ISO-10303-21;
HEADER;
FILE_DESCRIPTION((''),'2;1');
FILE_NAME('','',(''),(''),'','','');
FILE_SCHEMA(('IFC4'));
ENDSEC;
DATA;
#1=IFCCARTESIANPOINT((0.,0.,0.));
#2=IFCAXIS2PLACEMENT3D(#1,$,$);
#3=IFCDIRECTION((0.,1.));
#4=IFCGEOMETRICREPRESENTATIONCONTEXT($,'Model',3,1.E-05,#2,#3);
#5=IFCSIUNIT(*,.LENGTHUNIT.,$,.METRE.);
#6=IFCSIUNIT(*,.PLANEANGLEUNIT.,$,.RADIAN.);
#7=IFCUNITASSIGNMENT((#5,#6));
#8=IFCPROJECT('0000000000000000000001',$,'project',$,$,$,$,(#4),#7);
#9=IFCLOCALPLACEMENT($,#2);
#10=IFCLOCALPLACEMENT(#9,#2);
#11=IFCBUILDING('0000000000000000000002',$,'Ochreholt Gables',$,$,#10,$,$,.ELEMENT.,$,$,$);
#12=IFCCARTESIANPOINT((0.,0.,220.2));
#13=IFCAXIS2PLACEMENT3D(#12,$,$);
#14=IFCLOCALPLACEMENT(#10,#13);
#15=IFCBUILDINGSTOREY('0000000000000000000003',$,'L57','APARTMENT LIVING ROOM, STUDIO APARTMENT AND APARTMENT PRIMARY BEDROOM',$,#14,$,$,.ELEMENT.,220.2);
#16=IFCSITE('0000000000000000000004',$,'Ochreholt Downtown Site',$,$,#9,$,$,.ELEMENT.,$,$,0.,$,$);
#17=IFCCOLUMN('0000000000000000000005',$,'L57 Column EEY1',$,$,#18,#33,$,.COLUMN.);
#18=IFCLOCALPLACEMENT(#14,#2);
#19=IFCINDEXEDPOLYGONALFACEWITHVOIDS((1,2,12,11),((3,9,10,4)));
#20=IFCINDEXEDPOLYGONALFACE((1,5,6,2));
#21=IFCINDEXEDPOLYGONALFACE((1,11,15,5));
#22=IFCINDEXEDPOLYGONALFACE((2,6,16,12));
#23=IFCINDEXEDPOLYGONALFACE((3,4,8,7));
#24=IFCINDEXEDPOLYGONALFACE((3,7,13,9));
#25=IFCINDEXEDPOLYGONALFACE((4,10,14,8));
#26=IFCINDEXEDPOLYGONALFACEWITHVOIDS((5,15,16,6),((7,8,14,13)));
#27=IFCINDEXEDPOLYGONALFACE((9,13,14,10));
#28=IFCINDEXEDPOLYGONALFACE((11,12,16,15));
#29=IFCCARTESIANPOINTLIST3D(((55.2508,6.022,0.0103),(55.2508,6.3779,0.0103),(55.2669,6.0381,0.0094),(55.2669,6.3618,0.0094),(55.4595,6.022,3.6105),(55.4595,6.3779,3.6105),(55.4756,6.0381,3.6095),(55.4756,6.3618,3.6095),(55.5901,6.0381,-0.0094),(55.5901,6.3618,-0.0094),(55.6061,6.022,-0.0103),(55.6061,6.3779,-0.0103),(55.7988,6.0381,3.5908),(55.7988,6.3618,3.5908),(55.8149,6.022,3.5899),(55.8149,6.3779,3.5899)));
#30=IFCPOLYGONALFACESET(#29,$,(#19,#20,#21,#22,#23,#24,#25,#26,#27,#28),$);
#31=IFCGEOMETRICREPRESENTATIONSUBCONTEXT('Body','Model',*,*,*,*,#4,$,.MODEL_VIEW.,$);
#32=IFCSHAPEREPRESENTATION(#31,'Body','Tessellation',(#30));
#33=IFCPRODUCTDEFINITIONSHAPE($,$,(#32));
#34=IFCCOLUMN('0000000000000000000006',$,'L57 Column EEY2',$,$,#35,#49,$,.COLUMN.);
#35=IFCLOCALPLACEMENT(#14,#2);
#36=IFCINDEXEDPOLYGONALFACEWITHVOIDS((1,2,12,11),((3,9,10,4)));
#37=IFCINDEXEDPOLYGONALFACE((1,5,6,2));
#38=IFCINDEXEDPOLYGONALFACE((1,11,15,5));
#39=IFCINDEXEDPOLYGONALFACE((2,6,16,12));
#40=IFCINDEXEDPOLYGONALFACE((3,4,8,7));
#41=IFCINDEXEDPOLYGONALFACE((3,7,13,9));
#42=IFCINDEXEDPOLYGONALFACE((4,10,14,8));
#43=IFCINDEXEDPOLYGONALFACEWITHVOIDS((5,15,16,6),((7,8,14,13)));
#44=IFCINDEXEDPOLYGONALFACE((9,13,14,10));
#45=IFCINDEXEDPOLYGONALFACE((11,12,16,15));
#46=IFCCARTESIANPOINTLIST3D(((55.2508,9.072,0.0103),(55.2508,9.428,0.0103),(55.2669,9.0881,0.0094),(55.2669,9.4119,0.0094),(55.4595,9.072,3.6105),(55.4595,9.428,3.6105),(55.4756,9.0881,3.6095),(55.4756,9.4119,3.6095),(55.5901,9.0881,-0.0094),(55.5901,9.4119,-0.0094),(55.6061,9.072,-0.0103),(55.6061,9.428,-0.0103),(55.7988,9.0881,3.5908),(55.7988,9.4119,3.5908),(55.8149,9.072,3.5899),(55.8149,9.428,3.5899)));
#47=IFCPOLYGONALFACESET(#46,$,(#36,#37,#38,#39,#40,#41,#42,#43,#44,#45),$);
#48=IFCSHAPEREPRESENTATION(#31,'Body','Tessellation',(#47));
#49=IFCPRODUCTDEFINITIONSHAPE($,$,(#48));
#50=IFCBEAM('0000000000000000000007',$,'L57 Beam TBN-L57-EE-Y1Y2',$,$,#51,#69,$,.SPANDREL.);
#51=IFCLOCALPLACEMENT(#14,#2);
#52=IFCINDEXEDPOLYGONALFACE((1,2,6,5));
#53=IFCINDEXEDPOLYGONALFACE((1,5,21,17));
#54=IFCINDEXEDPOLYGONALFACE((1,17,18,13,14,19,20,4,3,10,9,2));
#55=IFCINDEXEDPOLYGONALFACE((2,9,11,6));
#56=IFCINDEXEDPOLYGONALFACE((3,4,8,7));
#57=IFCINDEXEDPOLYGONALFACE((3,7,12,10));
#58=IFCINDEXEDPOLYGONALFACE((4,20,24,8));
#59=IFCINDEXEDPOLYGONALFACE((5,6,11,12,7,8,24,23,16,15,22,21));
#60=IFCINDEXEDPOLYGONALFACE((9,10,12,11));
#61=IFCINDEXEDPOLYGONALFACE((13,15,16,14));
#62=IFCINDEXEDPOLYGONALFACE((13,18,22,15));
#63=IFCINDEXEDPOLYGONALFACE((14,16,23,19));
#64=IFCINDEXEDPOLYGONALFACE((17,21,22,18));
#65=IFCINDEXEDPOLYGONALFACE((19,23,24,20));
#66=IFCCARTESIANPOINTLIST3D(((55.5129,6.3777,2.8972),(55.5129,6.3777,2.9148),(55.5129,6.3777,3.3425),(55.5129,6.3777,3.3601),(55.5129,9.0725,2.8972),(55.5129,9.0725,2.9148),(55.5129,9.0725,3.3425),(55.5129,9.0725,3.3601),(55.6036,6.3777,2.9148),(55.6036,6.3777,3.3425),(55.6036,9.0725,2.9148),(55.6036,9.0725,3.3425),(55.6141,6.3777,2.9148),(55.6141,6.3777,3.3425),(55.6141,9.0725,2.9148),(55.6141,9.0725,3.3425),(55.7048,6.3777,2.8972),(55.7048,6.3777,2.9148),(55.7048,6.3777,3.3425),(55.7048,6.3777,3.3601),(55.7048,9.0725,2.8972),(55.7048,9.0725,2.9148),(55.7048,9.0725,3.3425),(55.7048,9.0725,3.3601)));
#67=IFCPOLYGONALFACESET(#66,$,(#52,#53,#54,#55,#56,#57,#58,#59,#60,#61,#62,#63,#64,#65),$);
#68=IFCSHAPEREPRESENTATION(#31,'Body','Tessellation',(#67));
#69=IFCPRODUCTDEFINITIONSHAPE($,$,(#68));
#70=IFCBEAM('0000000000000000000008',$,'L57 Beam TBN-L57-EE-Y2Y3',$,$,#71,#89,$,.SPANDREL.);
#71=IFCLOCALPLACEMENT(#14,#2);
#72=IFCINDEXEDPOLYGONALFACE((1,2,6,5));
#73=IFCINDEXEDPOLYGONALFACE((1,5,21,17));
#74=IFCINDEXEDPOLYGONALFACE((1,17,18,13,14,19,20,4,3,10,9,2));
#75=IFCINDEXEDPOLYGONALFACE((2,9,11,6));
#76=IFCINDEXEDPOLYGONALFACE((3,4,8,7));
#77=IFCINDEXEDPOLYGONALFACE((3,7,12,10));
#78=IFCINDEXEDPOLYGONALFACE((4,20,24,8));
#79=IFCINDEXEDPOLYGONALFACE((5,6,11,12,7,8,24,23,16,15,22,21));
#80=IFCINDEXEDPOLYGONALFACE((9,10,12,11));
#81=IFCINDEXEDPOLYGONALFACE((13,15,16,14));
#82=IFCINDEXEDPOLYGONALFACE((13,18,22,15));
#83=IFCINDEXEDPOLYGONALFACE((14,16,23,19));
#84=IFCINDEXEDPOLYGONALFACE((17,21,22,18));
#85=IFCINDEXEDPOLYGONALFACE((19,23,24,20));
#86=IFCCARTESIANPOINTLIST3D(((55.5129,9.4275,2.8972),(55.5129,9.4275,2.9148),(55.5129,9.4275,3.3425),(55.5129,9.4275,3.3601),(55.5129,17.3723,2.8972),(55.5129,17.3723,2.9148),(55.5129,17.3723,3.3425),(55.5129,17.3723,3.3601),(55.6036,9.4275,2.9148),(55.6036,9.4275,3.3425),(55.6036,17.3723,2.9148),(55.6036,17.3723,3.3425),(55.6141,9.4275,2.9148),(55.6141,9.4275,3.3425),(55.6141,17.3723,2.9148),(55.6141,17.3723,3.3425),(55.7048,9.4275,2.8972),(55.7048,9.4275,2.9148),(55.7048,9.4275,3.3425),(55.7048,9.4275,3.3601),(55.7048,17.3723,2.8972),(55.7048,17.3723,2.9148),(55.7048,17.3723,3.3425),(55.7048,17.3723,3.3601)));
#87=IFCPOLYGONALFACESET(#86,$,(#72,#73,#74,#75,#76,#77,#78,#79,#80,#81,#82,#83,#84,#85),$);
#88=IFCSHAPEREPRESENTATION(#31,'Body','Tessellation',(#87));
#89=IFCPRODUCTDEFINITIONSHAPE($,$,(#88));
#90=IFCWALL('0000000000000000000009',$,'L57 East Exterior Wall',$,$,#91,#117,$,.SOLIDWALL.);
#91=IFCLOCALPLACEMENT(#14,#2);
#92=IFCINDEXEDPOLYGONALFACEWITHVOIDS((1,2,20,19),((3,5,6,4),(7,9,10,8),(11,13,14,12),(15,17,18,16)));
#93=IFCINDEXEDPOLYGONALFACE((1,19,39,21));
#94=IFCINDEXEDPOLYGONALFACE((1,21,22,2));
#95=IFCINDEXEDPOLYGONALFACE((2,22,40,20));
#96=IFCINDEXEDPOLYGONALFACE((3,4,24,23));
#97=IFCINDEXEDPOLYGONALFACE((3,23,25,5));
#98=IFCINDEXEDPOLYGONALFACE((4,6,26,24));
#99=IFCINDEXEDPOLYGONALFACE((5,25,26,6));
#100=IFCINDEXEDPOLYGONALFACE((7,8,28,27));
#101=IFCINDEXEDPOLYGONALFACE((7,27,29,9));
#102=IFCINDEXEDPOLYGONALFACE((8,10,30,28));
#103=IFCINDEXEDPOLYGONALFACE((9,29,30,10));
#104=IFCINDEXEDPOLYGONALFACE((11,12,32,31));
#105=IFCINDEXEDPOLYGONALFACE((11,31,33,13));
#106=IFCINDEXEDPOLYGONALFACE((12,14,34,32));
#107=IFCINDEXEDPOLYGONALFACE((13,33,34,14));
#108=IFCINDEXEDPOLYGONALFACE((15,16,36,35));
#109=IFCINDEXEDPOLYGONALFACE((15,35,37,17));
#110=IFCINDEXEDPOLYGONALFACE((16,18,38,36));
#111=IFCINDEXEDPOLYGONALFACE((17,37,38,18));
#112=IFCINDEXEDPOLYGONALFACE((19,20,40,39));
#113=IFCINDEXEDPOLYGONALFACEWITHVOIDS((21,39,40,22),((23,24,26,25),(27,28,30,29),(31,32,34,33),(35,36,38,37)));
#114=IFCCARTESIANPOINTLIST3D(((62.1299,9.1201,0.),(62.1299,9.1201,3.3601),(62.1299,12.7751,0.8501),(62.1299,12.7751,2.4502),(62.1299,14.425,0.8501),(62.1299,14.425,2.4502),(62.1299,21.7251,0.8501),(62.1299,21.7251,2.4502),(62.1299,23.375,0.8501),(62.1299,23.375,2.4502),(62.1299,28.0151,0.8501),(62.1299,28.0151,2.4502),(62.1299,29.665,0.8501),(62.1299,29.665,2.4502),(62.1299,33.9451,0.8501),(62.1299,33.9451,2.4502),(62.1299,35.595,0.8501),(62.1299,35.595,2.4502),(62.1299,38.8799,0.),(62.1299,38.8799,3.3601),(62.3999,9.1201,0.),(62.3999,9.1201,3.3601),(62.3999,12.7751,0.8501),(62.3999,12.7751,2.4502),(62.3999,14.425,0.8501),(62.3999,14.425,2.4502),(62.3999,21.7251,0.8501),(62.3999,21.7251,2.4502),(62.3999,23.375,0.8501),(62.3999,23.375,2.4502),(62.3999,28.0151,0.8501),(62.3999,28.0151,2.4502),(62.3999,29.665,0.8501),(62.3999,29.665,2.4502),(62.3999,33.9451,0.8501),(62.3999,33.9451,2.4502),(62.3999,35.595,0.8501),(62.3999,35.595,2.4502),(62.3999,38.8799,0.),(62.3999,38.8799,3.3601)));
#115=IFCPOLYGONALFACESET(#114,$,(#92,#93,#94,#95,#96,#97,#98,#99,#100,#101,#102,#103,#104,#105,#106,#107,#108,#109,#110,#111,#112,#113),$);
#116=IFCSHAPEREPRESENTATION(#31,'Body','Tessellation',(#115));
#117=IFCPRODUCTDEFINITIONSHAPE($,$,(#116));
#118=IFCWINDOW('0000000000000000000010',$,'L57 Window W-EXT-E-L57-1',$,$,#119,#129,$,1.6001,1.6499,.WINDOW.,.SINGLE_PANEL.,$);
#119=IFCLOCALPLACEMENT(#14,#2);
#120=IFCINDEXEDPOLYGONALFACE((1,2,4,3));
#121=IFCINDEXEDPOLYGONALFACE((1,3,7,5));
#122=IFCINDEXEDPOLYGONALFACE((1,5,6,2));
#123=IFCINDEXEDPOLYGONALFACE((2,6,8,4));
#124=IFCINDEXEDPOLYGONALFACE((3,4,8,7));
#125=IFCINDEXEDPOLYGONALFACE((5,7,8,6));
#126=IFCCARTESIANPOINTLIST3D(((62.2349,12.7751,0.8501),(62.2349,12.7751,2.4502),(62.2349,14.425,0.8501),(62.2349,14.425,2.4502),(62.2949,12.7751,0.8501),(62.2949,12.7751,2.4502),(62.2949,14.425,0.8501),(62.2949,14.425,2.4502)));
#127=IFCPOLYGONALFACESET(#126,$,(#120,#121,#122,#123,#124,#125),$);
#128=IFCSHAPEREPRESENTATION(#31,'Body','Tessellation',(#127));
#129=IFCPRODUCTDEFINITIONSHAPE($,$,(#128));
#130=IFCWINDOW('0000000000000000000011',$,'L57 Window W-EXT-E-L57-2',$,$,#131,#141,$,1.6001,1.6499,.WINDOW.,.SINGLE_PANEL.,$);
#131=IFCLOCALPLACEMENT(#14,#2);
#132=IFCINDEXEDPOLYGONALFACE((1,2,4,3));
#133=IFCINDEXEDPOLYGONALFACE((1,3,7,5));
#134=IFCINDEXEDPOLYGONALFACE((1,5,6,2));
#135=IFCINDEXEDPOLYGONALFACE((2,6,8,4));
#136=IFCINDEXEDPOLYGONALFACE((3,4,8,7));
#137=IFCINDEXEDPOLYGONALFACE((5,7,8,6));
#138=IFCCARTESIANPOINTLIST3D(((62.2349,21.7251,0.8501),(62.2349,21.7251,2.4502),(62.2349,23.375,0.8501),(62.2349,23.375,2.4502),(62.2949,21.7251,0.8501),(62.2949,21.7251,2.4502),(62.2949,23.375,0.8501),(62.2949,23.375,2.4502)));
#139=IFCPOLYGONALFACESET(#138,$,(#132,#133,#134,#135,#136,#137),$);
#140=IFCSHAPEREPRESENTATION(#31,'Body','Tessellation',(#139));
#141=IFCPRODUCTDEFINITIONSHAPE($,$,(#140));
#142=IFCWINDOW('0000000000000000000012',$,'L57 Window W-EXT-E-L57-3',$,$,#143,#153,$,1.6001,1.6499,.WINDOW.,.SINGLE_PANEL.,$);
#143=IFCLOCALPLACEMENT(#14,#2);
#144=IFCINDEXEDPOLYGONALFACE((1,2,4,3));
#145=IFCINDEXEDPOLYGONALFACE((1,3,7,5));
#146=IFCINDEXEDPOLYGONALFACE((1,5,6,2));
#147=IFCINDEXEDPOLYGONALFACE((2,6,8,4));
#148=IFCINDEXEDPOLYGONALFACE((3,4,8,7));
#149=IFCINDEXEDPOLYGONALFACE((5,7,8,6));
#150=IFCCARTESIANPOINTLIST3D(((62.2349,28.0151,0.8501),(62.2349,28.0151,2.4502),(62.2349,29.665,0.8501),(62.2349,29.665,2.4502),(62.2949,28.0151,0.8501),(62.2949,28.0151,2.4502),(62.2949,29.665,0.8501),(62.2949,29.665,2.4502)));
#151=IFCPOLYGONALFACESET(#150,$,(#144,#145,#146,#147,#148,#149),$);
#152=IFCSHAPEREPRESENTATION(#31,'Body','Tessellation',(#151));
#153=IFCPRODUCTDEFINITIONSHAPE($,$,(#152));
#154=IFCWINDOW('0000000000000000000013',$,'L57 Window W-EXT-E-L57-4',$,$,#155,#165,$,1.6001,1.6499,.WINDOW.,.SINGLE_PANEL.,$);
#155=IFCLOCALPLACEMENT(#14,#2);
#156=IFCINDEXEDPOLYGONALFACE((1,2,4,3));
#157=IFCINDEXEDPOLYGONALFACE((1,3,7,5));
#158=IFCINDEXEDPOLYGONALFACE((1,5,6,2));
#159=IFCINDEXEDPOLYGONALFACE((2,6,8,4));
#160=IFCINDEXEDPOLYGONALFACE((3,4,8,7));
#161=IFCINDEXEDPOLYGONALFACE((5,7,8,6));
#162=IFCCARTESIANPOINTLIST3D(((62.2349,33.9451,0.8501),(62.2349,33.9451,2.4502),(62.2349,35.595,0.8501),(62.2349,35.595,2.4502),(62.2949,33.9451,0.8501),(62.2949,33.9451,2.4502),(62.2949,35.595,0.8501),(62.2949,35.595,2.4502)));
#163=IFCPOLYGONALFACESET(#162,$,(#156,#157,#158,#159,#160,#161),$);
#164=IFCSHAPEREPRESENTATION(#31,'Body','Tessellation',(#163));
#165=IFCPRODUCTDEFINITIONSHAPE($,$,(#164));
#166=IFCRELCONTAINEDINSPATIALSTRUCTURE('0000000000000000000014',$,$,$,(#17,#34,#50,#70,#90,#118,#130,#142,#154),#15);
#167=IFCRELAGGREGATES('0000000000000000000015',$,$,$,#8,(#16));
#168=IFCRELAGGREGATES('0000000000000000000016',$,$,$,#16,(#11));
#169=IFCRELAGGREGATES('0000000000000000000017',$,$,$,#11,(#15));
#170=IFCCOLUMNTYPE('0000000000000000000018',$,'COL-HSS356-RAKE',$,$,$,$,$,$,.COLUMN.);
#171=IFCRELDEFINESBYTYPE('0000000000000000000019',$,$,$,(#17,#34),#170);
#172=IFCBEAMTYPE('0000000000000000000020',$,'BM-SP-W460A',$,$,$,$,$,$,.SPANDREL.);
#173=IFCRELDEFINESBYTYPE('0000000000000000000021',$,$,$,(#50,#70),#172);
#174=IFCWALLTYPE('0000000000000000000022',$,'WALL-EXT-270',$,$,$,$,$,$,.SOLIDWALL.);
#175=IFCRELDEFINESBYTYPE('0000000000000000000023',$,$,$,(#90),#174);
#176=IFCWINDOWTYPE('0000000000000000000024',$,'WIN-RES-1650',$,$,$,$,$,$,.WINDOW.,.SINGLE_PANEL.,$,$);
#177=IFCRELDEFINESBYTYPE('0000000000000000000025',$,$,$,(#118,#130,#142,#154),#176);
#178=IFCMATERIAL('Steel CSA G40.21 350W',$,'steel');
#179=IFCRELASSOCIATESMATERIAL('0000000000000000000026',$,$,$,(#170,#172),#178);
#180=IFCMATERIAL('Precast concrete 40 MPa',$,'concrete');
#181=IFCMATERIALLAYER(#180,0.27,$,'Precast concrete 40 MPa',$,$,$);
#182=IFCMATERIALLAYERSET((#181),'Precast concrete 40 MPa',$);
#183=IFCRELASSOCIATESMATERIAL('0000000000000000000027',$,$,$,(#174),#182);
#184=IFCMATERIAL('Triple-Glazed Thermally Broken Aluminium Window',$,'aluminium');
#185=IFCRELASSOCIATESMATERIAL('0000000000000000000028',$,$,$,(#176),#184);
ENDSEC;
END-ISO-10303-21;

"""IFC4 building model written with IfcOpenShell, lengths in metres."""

from ifc_helpers import new_model, si_unit, direction, frame, frame_2d, origin, origin_2d, place, context, subcontext, project, spatial, rectangle, hollow_rectangle, i_section, extrude, material, layer, layer_set, material_profile, profile_set, type_object, element, fill, save


model = new_model("IFC4")

# Units and contexts
model_context = context("Model", 3, precision=1e-05, world=origin(), true_north=direction((0.0, 1.0)))
body_context = subcontext(model_context, "Body", "Model", "MODEL_VIEW")
ifc_project = project(units=[si_unit("LENGTHUNIT", "METRE"), si_unit("PLANEANGLEUNIT", "RADIAN")], contexts=[model_context])

# Site, building, storey
site_placement = place(None, origin())
site = spatial("IfcSite", under=ifc_project, at=site_placement, Name="Ochreholt Downtown Site", CompositionType="ELEMENT", RefElevation=0.0)
building_placement = place(site_placement, origin())
building = spatial("IfcBuilding", under=site, at=building_placement, Name="Ochreholt Gables", CompositionType="ELEMENT")
storey_placement = place(building_placement, frame((0.0, 0.0, 220.2)))
storey = spatial("IfcBuildingStorey", under=building, at=storey_placement, Name="L57", Description="APARTMENT LIVING ROOM, STUDIO APARTMENT AND APARTMENT PRIMARY BEDROOM", CompositionType="ELEMENT", Elevation=220.2)

# Columns
ifc_material_1 = material(Name="Steel CSA G40.21 350W", Category="steel")
ifc_material_profile_1 = material_profile(ifc_material_1, hollow_rectangle(XDim=0.356, YDim=0.356, WallThickness=0.0161, at=origin_2d()), Name="HSS356X356X16")
ifc_profile_set_1 = profile_set([ifc_material_profile_1], Name="Steel CSA G40.21 350W")
column_type = type_object("IfcColumnType", Name="COL-HSS356-RAKE", PredefinedType="COLUMN", material=ifc_profile_set_1)
for number, where, z_axis, x_axis, name in (
    (1, (55.4285, 6.2, 0.0), (0.057885, 0.0, 0.998323), (0.0, 1.0, 0.0), "L57 Column EEY1"),
    (2, (55.4285, 9.25, 0.0), (0.057885, 0.0, 0.998323), (0.0, 1.0, 0.0), "L57 Column EEY2"),
):
    element("IfcColumn", number, at=place(storey_placement, frame(where, z_axis=z_axis, x_axis=x_axis)), inside=storey, type_object=column_type, Name=name, PredefinedType="COLUMN", context=body_context, shape_type="SweptSolid", body=[
        extrude(hollow_rectangle(XDim=0.356, YDim=0.356, WallThickness=0.0161, at=origin_2d()), origin(), (0.0, 0.0, 1.0), 3.6062),
    ])

# Beams
ifc_material_profile_2 = material_profile(ifc_material_1, i_section(OverallWidth=0.1919, OverallDepth=0.4629, WebThickness=0.0105, FlangeThickness=0.0176, at=origin_2d()), Name="W460X89")
ifc_profile_set_2 = profile_set([ifc_material_profile_2], Name="Steel CSA G40.21 350W")
beam_type = type_object("IfcBeamType", Name="BM-SP-W460A", PredefinedType="SPANDREL", material=ifc_profile_set_2)
beam_1_placement = place(storey_placement, frame((55.6089, 6.3777, 3.1287), z_axis=(0.0, 1.0, 0.0), x_axis=(-1.0, 0.0, 0.0)))
element("IfcBeam", 3, at=beam_1_placement, inside=storey, type_object=beam_type, Name="L57 Beam TBN-L57-EE-Y1Y2", PredefinedType="SPANDREL", context=body_context, shape_type="SweptSolid", body=[
    extrude(i_section(OverallWidth=0.1919, OverallDepth=0.4629, WebThickness=0.0105, FlangeThickness=0.0176, at=origin_2d()), origin(), (0.0, 0.0, 1.0), 2.6948),
])
beam_2_placement = place(storey_placement, frame((55.6089, 9.4275, 3.1287), z_axis=(0.0, 1.0, 0.0), x_axis=(-1.0, 0.0, 0.0)))
element("IfcBeam", 4, at=beam_2_placement, inside=storey, type_object=beam_type, Name="L57 Beam TBN-L57-EE-Y2Y3", PredefinedType="SPANDREL", context=body_context, shape_type="SweptSolid", body=[
    extrude(i_section(OverallWidth=0.1919, OverallDepth=0.4629, WebThickness=0.0105, FlangeThickness=0.0176, at=origin_2d()), origin(), (0.0, 0.0, 1.0), 7.9448),
])

# Wall, openings, windows
ifc_material_2 = material(Name="Precast concrete 40 MPa", Category="concrete")
ifc_layer_1 = layer(ifc_material_2, 0.27, Name="Precast concrete 40 MPa")
ifc_layer_set_1 = layer_set([ifc_layer_1], Name="Precast concrete 40 MPa")
wall_type_1 = type_object("IfcWallType", Name="WALL-EXT-270", PredefinedType="SOLIDWALL", material=ifc_layer_set_1)
wall_1_placement = place(storey_placement, frame((62.2649, 9.1201, 0.0), z_axis=(0.0, 0.0, 1.0), x_axis=(0.0, 1.0, 0.0)))
wall_1 = element("IfcWall", 5, at=wall_1_placement, inside=storey, type_object=wall_type_1, Name="L57 East Exterior Wall", PredefinedType="SOLIDWALL", context=body_context, shape_type="SweptSolid", body=[
    extrude(rectangle(XDim=29.7598, YDim=0.27, at=frame_2d((14.8799, 0.0))), origin(), (0.0, 0.0, 1.0), 3.3601),
])
opening_1_placement = place(wall_1_placement, frame((3.655, 0.0, 0.8501)))
opening_1 = element("IfcOpeningElement", 6, at=opening_1_placement, cuts=wall_1, PredefinedType="OPENING", context=body_context, shape_type="SweptSolid", body=[
    extrude(rectangle(XDim=1.6499, YDim=1.6001, at=frame_2d((0.825, 0.8))), frame((0.0, 0.145, 0.0), z_axis=(0.0, -1.0, 0.0), x_axis=(1.0, 0.0, 0.0)), (0.0, 0.0, 1.0), 0.29),
])
opening_2_placement = place(wall_1_placement, frame((12.605, 0.0, 0.8501)))
opening_2 = element("IfcOpeningElement", 7, at=opening_2_placement, cuts=wall_1, PredefinedType="OPENING", context=body_context, shape_type="SweptSolid", body=[
    extrude(rectangle(XDim=1.6499, YDim=1.6001, at=frame_2d((0.825, 0.8))), frame((0.0, 0.145, 0.0), z_axis=(0.0, -1.0, 0.0), x_axis=(1.0, 0.0, 0.0)), (0.0, 0.0, 1.0), 0.29),
])
opening_3_placement = place(wall_1_placement, frame((18.895, 0.0, 0.8501)))
opening_3 = element("IfcOpeningElement", 8, at=opening_3_placement, cuts=wall_1, PredefinedType="OPENING", context=body_context, shape_type="SweptSolid", body=[
    extrude(rectangle(XDim=1.6499, YDim=1.6001, at=frame_2d((0.825, 0.8))), frame((0.0, 0.145, 0.0), z_axis=(0.0, -1.0, 0.0), x_axis=(1.0, 0.0, 0.0)), (0.0, 0.0, 1.0), 0.29),
])
opening_4_placement = place(wall_1_placement, frame((24.825, 0.0, 0.8501)))
opening_4 = element("IfcOpeningElement", 9, at=opening_4_placement, cuts=wall_1, PredefinedType="OPENING", context=body_context, shape_type="SweptSolid", body=[
    extrude(rectangle(XDim=1.6499, YDim=1.6001, at=frame_2d((0.825, 0.8))), frame((0.0, 0.145, 0.0), z_axis=(0.0, -1.0, 0.0), x_axis=(1.0, 0.0, 0.0)), (0.0, 0.0, 1.0), 0.29),
])
ifc_material_3 = material(Name="Triple-Glazed Thermally Broken Aluminium Window", Category="aluminium")
window_type = type_object("IfcWindowType", Name="WIN-RES-1650", PartitioningType="SINGLE_PANEL", PredefinedType="WINDOW", material=ifc_material_3)
window_1_placement = place(opening_1_placement, origin())
window_1 = element("IfcWindow", 10, at=window_1_placement, inside=storey, type_object=window_type, Name="L57 Window W-EXT-E-L57-1", OverallHeight=1.6001, OverallWidth=1.6499, PartitioningType="SINGLE_PANEL", PredefinedType="WINDOW", context=body_context, shape_type="SweptSolid", body=[
    extrude(rectangle(XDim=1.6499, YDim=1.6001, at=frame_2d((0.825, 0.8))), frame((0.0, 0.03, 0.0), z_axis=(0.0, -1.0, 0.0), x_axis=(1.0, 0.0, 0.0)), (0.0, 0.0, 1.0), 0.0601),
])
fill(opening_1, window_1)
window_2_placement = place(opening_2_placement, origin())
window_2 = element("IfcWindow", 11, at=window_2_placement, inside=storey, type_object=window_type, Name="L57 Window W-EXT-E-L57-2", OverallHeight=1.6001, OverallWidth=1.6499, PartitioningType="SINGLE_PANEL", PredefinedType="WINDOW", context=body_context, shape_type="SweptSolid", body=[
    extrude(rectangle(XDim=1.6499, YDim=1.6001, at=frame_2d((0.825, 0.8))), frame((0.0, 0.03, 0.0), z_axis=(0.0, -1.0, 0.0), x_axis=(1.0, 0.0, 0.0)), (0.0, 0.0, 1.0), 0.0601),
])
fill(opening_2, window_2)
window_3_placement = place(opening_3_placement, origin())
window_3 = element("IfcWindow", 12, at=window_3_placement, inside=storey, type_object=window_type, Name="L57 Window W-EXT-E-L57-3", OverallHeight=1.6001, OverallWidth=1.6499, PartitioningType="SINGLE_PANEL", PredefinedType="WINDOW", context=body_context, shape_type="SweptSolid", body=[
    extrude(rectangle(XDim=1.6499, YDim=1.6001, at=frame_2d((0.825, 0.8))), frame((0.0, 0.03, 0.0), z_axis=(0.0, -1.0, 0.0), x_axis=(1.0, 0.0, 0.0)), (0.0, 0.0, 1.0), 0.0601),
])
fill(opening_3, window_3)
window_4_placement = place(opening_4_placement, origin())
window_4 = element("IfcWindow", 13, at=window_4_placement, inside=storey, type_object=window_type, Name="L57 Window W-EXT-E-L57-4", OverallHeight=1.6001, OverallWidth=1.6499, PartitioningType="SINGLE_PANEL", PredefinedType="WINDOW", context=body_context, shape_type="SweptSolid", body=[
    extrude(rectangle(XDim=1.6499, YDim=1.6001, at=frame_2d((0.825, 0.8))), frame((0.0, 0.03, 0.0), z_axis=(0.0, -1.0, 0.0), x_axis=(1.0, 0.0, 0.0)), (0.0, 0.0, 1.0), 0.0601),
])
fill(opening_4, window_4)

save(model, "model.ifc")
